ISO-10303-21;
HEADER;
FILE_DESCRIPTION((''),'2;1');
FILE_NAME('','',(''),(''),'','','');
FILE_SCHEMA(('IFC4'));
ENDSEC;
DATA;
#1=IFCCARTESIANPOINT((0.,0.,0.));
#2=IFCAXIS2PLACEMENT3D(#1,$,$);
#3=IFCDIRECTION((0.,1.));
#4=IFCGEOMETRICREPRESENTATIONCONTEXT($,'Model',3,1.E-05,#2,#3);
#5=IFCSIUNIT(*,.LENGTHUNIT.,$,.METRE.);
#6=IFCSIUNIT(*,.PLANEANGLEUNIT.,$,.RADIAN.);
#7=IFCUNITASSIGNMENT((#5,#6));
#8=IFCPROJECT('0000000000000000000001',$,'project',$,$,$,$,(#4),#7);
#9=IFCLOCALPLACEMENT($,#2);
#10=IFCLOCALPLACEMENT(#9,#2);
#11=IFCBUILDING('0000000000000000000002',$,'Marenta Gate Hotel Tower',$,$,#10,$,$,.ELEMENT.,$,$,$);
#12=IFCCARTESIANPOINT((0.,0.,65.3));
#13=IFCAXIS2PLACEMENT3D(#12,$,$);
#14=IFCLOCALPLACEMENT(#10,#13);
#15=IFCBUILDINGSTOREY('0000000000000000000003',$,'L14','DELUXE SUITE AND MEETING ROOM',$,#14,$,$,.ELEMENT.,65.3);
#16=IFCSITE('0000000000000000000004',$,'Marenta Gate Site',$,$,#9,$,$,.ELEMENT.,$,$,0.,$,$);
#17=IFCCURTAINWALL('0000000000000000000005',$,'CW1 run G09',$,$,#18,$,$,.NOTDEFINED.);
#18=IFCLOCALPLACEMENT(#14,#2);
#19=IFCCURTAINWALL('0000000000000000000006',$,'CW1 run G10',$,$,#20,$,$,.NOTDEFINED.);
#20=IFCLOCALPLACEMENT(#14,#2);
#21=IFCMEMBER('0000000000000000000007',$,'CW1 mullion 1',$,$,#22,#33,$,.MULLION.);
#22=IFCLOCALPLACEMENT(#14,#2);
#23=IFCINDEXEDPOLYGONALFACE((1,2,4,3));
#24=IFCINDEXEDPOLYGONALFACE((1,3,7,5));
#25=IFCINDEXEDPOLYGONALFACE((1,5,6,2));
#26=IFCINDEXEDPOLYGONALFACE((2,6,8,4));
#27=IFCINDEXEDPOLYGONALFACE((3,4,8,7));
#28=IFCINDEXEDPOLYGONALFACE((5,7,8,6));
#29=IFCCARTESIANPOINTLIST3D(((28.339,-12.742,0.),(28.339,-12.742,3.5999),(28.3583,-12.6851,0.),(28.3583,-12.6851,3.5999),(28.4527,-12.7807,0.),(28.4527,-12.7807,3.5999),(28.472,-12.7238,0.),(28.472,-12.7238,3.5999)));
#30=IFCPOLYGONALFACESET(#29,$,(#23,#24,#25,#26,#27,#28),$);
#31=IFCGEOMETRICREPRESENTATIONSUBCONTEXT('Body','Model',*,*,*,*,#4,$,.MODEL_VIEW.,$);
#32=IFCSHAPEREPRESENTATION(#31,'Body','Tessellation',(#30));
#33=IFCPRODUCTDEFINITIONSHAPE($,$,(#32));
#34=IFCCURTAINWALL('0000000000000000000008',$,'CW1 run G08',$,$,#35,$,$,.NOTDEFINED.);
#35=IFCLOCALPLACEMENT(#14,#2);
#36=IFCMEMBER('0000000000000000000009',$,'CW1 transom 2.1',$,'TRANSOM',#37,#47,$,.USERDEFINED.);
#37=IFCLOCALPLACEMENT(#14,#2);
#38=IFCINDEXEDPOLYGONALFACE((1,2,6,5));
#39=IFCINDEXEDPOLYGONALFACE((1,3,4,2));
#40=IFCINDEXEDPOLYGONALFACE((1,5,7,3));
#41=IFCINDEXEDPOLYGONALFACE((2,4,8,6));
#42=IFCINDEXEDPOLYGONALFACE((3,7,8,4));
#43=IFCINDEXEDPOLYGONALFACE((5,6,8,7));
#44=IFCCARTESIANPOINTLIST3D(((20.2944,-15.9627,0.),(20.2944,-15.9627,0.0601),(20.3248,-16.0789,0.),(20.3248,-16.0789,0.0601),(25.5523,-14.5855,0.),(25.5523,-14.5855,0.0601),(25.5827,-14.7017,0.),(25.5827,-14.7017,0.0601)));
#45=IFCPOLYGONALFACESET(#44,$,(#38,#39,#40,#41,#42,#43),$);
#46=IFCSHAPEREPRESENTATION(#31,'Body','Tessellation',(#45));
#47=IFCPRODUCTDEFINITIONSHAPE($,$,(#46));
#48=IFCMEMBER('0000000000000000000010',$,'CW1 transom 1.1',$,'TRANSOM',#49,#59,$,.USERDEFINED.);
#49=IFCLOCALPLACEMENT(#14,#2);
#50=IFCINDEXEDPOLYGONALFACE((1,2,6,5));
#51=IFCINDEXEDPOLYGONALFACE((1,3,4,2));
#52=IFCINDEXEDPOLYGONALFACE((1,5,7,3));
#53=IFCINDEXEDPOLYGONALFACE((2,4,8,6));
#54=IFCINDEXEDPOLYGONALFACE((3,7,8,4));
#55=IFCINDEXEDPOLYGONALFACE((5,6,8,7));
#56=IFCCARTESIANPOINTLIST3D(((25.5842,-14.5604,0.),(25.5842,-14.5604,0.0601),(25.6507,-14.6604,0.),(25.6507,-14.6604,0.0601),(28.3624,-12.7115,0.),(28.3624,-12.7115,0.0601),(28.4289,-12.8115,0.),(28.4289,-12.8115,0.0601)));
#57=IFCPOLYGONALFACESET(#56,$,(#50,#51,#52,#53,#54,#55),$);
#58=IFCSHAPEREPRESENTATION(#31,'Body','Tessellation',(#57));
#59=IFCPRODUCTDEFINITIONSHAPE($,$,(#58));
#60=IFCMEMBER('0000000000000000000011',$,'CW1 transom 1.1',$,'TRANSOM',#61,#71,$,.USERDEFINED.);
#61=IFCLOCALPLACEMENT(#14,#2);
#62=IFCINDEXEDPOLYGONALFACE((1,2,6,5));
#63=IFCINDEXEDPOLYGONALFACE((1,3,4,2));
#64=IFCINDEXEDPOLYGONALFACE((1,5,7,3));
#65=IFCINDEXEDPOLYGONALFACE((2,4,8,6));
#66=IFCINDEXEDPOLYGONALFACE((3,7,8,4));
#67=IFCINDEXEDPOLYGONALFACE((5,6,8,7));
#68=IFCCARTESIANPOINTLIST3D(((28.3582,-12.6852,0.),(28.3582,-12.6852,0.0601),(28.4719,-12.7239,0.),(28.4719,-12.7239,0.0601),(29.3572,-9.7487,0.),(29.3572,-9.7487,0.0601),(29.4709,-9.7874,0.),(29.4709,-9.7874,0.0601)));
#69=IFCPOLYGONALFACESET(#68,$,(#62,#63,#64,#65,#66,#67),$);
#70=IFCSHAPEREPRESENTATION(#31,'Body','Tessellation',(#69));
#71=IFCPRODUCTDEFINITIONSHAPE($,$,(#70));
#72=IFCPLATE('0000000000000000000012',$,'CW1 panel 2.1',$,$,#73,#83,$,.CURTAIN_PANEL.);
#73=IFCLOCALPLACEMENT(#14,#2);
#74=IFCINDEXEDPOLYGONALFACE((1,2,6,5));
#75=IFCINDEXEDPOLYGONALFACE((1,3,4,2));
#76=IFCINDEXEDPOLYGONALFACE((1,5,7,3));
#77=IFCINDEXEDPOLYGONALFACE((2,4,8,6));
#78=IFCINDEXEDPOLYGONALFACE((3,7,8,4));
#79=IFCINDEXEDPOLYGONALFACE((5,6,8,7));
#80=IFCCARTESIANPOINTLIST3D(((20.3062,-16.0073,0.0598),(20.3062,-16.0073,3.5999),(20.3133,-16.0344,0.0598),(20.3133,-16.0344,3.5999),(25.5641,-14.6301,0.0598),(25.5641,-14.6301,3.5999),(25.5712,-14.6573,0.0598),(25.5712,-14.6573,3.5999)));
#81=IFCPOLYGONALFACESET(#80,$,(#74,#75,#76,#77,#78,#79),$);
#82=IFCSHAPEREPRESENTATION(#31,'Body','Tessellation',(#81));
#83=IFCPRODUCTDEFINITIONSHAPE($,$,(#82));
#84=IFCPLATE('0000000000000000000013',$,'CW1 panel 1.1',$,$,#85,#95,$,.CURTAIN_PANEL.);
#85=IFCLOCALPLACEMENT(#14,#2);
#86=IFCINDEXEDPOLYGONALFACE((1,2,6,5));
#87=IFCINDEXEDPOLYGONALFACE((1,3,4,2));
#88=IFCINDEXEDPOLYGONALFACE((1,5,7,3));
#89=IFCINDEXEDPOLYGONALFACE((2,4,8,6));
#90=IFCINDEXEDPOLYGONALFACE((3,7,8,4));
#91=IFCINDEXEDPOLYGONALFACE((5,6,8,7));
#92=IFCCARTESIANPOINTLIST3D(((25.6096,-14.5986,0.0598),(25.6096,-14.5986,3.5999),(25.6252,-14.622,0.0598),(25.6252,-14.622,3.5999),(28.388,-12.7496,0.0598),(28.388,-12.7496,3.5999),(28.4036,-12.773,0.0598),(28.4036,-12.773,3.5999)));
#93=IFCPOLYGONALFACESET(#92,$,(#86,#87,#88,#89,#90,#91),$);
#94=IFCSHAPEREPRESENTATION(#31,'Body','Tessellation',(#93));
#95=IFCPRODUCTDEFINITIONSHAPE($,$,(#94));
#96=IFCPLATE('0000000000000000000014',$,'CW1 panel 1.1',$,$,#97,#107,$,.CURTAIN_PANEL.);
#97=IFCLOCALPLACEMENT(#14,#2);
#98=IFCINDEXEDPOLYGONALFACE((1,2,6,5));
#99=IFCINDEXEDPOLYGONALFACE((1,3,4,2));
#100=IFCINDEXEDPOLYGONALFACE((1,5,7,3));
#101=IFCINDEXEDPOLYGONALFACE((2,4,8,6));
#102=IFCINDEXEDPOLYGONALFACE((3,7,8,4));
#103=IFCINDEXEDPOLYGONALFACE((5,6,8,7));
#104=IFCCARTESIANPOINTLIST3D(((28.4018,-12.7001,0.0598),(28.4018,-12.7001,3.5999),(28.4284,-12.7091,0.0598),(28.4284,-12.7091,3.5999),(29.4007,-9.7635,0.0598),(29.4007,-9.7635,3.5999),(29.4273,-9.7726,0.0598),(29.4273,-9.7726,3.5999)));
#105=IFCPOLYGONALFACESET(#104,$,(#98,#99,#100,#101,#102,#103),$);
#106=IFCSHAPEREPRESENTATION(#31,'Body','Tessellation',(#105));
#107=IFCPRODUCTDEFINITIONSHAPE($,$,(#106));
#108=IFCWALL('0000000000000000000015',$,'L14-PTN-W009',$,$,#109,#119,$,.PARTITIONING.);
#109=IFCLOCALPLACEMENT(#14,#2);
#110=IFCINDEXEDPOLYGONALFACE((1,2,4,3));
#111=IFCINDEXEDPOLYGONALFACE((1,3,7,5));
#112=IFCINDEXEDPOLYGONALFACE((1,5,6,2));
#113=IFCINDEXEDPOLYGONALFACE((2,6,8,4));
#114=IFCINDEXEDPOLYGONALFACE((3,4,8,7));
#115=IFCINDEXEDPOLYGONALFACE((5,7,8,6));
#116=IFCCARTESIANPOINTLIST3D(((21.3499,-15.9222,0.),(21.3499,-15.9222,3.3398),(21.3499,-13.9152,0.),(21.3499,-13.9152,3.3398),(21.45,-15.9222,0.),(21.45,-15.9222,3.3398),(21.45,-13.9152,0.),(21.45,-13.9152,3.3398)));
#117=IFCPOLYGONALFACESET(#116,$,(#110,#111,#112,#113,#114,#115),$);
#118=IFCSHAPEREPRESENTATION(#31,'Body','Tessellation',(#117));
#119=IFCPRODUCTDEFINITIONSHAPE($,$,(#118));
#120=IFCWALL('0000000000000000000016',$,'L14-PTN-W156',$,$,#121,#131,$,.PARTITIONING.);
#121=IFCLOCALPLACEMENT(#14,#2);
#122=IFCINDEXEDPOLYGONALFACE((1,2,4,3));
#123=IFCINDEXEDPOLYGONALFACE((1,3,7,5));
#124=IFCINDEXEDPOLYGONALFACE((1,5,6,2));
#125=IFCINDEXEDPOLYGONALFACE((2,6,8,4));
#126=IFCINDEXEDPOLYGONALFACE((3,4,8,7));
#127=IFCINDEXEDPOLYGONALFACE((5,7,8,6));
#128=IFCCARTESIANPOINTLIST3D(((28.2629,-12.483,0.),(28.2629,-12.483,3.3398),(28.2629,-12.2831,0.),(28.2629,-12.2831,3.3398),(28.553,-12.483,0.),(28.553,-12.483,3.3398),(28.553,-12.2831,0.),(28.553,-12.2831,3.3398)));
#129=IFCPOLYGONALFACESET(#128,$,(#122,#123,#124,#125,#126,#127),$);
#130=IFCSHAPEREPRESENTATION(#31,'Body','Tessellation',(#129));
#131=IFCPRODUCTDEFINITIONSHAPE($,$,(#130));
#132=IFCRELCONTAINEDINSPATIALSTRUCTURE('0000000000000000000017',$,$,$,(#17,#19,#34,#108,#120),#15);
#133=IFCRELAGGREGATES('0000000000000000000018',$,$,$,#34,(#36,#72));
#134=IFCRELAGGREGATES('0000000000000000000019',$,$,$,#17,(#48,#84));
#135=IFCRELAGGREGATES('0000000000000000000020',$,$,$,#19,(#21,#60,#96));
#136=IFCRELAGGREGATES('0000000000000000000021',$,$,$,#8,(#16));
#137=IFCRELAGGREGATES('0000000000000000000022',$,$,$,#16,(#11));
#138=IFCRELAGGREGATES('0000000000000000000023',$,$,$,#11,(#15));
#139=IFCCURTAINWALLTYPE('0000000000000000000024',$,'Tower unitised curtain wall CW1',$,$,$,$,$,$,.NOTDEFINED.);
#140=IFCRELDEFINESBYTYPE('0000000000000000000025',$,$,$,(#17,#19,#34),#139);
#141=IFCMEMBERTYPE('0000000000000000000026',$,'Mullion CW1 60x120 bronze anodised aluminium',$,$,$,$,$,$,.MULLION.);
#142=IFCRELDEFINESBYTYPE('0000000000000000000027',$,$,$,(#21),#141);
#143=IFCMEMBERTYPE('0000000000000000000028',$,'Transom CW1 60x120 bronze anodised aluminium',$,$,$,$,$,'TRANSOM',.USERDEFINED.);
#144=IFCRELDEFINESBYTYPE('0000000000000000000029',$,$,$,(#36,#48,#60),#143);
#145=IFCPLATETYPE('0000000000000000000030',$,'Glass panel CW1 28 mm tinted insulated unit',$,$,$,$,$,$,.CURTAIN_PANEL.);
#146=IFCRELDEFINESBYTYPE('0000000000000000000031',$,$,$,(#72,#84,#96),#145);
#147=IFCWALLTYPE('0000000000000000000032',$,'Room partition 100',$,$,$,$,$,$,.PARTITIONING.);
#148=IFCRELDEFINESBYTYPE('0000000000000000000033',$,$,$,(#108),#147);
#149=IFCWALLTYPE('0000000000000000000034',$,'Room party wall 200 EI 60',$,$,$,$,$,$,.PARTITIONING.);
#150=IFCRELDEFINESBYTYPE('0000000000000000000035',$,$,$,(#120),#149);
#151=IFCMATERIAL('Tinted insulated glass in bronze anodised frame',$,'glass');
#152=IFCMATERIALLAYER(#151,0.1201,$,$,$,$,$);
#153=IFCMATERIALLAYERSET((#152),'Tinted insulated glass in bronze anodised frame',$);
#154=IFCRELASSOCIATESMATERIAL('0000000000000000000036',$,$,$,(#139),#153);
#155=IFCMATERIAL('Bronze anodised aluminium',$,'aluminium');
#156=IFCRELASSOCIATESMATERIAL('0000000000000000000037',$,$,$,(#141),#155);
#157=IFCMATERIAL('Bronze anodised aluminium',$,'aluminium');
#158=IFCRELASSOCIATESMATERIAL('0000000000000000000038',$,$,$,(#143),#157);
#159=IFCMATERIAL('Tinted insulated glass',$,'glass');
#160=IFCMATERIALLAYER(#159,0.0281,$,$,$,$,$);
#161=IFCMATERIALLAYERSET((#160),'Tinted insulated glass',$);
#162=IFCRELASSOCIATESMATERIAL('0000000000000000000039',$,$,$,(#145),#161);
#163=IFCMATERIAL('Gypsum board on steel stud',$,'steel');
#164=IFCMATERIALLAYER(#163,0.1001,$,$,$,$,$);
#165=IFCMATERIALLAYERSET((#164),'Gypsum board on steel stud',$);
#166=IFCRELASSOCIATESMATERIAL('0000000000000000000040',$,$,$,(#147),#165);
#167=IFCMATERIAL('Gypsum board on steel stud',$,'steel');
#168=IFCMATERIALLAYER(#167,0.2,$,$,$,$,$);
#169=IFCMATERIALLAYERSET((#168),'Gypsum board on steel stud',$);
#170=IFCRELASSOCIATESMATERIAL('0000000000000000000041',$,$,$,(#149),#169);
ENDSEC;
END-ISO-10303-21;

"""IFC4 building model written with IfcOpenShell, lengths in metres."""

from ifc_helpers import new_model, si_unit, direction, frame, frame_2d, origin, origin_2d, place, context, subcontext, project, spatial, rectangle, extrude, material, layer, layer_set, material_profile, profile_set, type_object, element, aggregate, save


model = new_model("IFC4")

# Units and contexts
model_context = context("Model", 3, precision=1e-05, world=origin(), true_north=direction((0.0, 1.0)))
body_context = subcontext(model_context, "Body", "Model", "MODEL_VIEW")
ifc_project = project(units=[si_unit("LENGTHUNIT", "METRE"), si_unit("PLANEANGLEUNIT", "RADIAN")], contexts=[model_context])

# Site, building, storey
site_placement = place(None, origin())
site = spatial("IfcSite", under=ifc_project, at=site_placement, Name="Marenta Gate Site", CompositionType="ELEMENT", RefElevation=0.0)
building_placement = place(site_placement, origin())
building = spatial("IfcBuilding", under=site, at=building_placement, Name="Marenta Gate Hotel Tower", CompositionType="ELEMENT")
storey_placement = place(building_placement, frame((0.0, 0.0, 65.3)))
storey = spatial("IfcBuildingStorey", under=building, at=storey_placement, Name="L14", Description="DELUXE SUITE AND MEETING ROOM", CompositionType="ELEMENT", Elevation=65.3)

# Curtain walls, members
ifc_material_1 = material(Name="Tinted insulated glass in bronze anodised frame", Category="glass")
ifc_layer_1 = layer(ifc_material_1, 0.1201)
ifc_layer_set_1 = layer_set([ifc_layer_1], Name="Tinted insulated glass in bronze anodised frame")
curtain_wall_type = type_object("IfcCurtainWallType", Name="Tower unitised curtain wall CW1", PredefinedType="NOTDEFINED", material=ifc_layer_set_1)
curtain_wall_1_placement = place(storey_placement, origin())
curtain_wall_1 = element("IfcCurtainWall", 1, at=curtain_wall_1_placement, inside=storey, type_object=curtain_wall_type, Name="CW1 run G09", PredefinedType="NOTDEFINED")
ifc_material_2 = material(Name="Bronze anodised aluminium", Category="aluminium")
ifc_material_profile_1 = material_profile(ifc_material_2, rectangle(XDim=0.1201, YDim=0.0601, at=origin_2d()), Name="Mullion CW1 60x120 bronze anodised aluminium")
ifc_profile_set_1 = profile_set([ifc_material_profile_1], Name="Bronze anodised aluminium")
member_type_1 = type_object("IfcMemberType", Name="Mullion CW1 60x120 bronze anodised aluminium", PredefinedType="MULLION", material=ifc_profile_set_1)
curtain_wall_2_placement = place(storey_placement, origin())
curtain_wall_2 = element("IfcCurtainWall", 2, at=curtain_wall_2_placement, inside=storey, type_object=curtain_wall_type, Name="CW1 run G10", PredefinedType="NOTDEFINED")
member_1_placement = place(storey_placement, frame((28.4055, -12.7329, 0.0), z_axis=(0.0, 0.0, 1.0), x_axis=(-0.94673, 0.322029, 0.0)))
member_1 = element("IfcMember", 3, at=member_1_placement, type_object=member_type_1, Name="CW1 mullion 1", PredefinedType="MULLION", context=body_context, shape_type="SweptSolid", body=[
    extrude(rectangle(XDim=0.1201, YDim=0.0601, at=origin_2d()), origin(), (0.0, 0.0, 1.0), 3.5999),
])
curtain_wall_3_placement = place(storey_placement, origin())
curtain_wall_3 = element("IfcCurtainWall", 4, at=curtain_wall_3_placement, inside=storey, type_object=curtain_wall_type, Name="CW1 run G08", PredefinedType="NOTDEFINED")
ifc_material_3 = material(Name="Bronze anodised aluminium", Category="aluminium")
ifc_material_profile_2 = material_profile(ifc_material_3, rectangle(XDim=0.1201, YDim=0.0601, at=origin_2d()), Name="Transom CW1 60x120 bronze anodised aluminium")
ifc_profile_set_2 = profile_set([ifc_material_profile_2], Name="Bronze anodised aluminium")
member_type_2 = type_object("IfcMemberType", Name="Transom CW1 60x120 bronze anodised aluminium", ElementType="TRANSOM", PredefinedType="USERDEFINED", material=ifc_profile_set_2)
member_2_placement = place(storey_placement, frame((20.3096, -16.0208, 0.03), z_axis=(0.967368, 0.253374, 0.0), x_axis=(-0.253374, 0.967368, 0.0)))
member_2 = element("IfcMember", 5, at=member_2_placement, type_object=member_type_2, Name="CW1 transom 2.1", ObjectType="TRANSOM", PredefinedType="USERDEFINED", context=body_context, shape_type="SweptSolid", body=[
    extrude(rectangle(XDim=0.1201, YDim=0.0601, at=origin_2d()), origin(), (0.0, 0.0, 1.0), 5.4353),
])

# Members
member_3_placement = place(storey_placement, frame((25.6174, -14.6104, 0.03), z_axis=(0.832511, 0.554008, 0.0), x_axis=(-0.554008, 0.832511, 0.0)))
member_3 = element("IfcMember", 6, at=member_3_placement, type_object=member_type_2, Name="CW1 transom 1.1", ObjectType="TRANSOM", PredefinedType="USERDEFINED", context=body_context, shape_type="SweptSolid", body=[
    extrude(rectangle(XDim=0.1201, YDim=0.0601, at=origin_2d()), origin(), (0.0, 0.0, 1.0), 3.3372),
])
member_4_placement = place(storey_placement, frame((28.415, -12.7046, 0.03), z_axis=(0.322078, 0.946713, 0.0), x_axis=(-0.946713, 0.322078, 0.0)))
member_4 = element("IfcMember", 7, at=member_4_placement, type_object=member_type_2, Name="CW1 transom 1.1", ObjectType="TRANSOM", PredefinedType="USERDEFINED", context=body_context, shape_type="SweptSolid", body=[
    extrude(rectangle(XDim=0.1201, YDim=0.0601, at=origin_2d()), origin(), (0.0, 0.0, 1.0), 3.1018),
])

# Plates
ifc_material_4 = material(Name="Tinted insulated glass", Category="glass")
ifc_layer_2 = layer(ifc_material_4, 0.0281)
ifc_layer_set_2 = layer_set([ifc_layer_2], Name="Tinted insulated glass")
plate_type = type_object("IfcPlateType", Name="Glass panel CW1 28 mm tinted insulated unit", PredefinedType="CURTAIN_PANEL", material=ifc_layer_set_2)
plate_1_placement = place(storey_placement, frame((22.9387, -15.3323, 0.0598), z_axis=(0.0, 0.0, 1.0), x_axis=(0.967369, 0.253372, 0.0)))
plate_1 = element("IfcPlate", 8, at=plate_1_placement, type_object=plate_type, Name="CW1 panel 2.1", PredefinedType="CURTAIN_PANEL", context=body_context, shape_type="SweptSolid", body=[
    extrude(rectangle(XDim=5.4353, YDim=0.0281, at=origin_2d()), origin(), (0.0, 0.0, 1.0), 3.54),
])
aggregate(curtain_wall_3, [member_2, plate_1])
plate_2_placement = place(storey_placement, frame((27.0066, -13.6858, 0.0598), z_axis=(0.0, 0.0, 1.0), x_axis=(0.832494, 0.554034, 0.0)))
plate_2 = element("IfcPlate", 9, at=plate_2_placement, type_object=plate_type, Name="CW1 panel 1.1", PredefinedType="CURTAIN_PANEL", context=body_context, shape_type="SweptSolid", body=[
    extrude(rectangle(XDim=3.3374, YDim=0.0281, at=origin_2d()), origin(), (0.0, 0.0, 1.0), 3.54),
])
aggregate(curtain_wall_1, [member_3, plate_2])
plate_3_placement = place(storey_placement, frame((28.9146, -11.2363, 0.0598), z_axis=(0.0, 0.0, 1.0), x_axis=(0.322029, 0.94673, 0.0)))
plate_3 = element("IfcPlate", 10, at=plate_3_placement, type_object=plate_type, Name="CW1 panel 1.1", PredefinedType="CURTAIN_PANEL", context=body_context, shape_type="SweptSolid", body=[
    extrude(rectangle(XDim=3.1018, YDim=0.0281, at=origin_2d()), origin(), (0.0, 0.0, 1.0), 3.54),
])
aggregate(curtain_wall_2, [member_1, member_4, plate_3])

# Walls
ifc_material_5 = material(Name="Gypsum board on steel stud", Category="steel")
ifc_layer_3 = layer(ifc_material_5, 0.1001)
ifc_layer_set_3 = layer_set([ifc_layer_3], Name="Gypsum board on steel stud")
wall_type_1 = type_object("IfcWallType", Name="Room partition 100", PredefinedType="PARTITIONING", material=ifc_layer_set_3)
wall_1_placement = place(storey_placement, frame((21.3999, -15.9221, 0.0), z_axis=(0.0, 0.0, 1.0), x_axis=(0.0, 1.0, 0.0)))
element("IfcWall", 11, at=wall_1_placement, inside=storey, type_object=wall_type_1, Name="L14-PTN-W009", PredefinedType="PARTITIONING", context=body_context, shape_type="SweptSolid", body=[
    extrude(rectangle(XDim=2.0071, YDim=0.1001, at=frame_2d((1.0034, 0.0))), origin(), (0.0, 0.0, 1.0), 3.3398),
])
ifc_material_6 = material(Name="Gypsum board on steel stud", Category="steel")
ifc_layer_4 = layer(ifc_material_6, 0.2)
ifc_layer_set_4 = layer_set([ifc_layer_4], Name="Gypsum board on steel stud")
wall_type_2 = type_object("IfcWallType", Name="Room party wall 200 EI 60", PredefinedType="PARTITIONING", material=ifc_layer_set_4)
wall_2_placement = place(storey_placement, frame((28.2629, -12.3831, 0.0), z_axis=(0.0, 0.0, 1.0), x_axis=(1.0, 0.0, 0.0)))
element("IfcWall", 12, at=wall_2_placement, inside=storey, type_object=wall_type_2, Name="L14-PTN-W156", PredefinedType="PARTITIONING", context=body_context, shape_type="SweptSolid", body=[
    extrude(rectangle(XDim=0.29, YDim=0.2, at=frame_2d((0.145, 0.0))), origin(), (0.0, 0.0, 1.0), 3.3398),
])

save(model, "model.ifc")
